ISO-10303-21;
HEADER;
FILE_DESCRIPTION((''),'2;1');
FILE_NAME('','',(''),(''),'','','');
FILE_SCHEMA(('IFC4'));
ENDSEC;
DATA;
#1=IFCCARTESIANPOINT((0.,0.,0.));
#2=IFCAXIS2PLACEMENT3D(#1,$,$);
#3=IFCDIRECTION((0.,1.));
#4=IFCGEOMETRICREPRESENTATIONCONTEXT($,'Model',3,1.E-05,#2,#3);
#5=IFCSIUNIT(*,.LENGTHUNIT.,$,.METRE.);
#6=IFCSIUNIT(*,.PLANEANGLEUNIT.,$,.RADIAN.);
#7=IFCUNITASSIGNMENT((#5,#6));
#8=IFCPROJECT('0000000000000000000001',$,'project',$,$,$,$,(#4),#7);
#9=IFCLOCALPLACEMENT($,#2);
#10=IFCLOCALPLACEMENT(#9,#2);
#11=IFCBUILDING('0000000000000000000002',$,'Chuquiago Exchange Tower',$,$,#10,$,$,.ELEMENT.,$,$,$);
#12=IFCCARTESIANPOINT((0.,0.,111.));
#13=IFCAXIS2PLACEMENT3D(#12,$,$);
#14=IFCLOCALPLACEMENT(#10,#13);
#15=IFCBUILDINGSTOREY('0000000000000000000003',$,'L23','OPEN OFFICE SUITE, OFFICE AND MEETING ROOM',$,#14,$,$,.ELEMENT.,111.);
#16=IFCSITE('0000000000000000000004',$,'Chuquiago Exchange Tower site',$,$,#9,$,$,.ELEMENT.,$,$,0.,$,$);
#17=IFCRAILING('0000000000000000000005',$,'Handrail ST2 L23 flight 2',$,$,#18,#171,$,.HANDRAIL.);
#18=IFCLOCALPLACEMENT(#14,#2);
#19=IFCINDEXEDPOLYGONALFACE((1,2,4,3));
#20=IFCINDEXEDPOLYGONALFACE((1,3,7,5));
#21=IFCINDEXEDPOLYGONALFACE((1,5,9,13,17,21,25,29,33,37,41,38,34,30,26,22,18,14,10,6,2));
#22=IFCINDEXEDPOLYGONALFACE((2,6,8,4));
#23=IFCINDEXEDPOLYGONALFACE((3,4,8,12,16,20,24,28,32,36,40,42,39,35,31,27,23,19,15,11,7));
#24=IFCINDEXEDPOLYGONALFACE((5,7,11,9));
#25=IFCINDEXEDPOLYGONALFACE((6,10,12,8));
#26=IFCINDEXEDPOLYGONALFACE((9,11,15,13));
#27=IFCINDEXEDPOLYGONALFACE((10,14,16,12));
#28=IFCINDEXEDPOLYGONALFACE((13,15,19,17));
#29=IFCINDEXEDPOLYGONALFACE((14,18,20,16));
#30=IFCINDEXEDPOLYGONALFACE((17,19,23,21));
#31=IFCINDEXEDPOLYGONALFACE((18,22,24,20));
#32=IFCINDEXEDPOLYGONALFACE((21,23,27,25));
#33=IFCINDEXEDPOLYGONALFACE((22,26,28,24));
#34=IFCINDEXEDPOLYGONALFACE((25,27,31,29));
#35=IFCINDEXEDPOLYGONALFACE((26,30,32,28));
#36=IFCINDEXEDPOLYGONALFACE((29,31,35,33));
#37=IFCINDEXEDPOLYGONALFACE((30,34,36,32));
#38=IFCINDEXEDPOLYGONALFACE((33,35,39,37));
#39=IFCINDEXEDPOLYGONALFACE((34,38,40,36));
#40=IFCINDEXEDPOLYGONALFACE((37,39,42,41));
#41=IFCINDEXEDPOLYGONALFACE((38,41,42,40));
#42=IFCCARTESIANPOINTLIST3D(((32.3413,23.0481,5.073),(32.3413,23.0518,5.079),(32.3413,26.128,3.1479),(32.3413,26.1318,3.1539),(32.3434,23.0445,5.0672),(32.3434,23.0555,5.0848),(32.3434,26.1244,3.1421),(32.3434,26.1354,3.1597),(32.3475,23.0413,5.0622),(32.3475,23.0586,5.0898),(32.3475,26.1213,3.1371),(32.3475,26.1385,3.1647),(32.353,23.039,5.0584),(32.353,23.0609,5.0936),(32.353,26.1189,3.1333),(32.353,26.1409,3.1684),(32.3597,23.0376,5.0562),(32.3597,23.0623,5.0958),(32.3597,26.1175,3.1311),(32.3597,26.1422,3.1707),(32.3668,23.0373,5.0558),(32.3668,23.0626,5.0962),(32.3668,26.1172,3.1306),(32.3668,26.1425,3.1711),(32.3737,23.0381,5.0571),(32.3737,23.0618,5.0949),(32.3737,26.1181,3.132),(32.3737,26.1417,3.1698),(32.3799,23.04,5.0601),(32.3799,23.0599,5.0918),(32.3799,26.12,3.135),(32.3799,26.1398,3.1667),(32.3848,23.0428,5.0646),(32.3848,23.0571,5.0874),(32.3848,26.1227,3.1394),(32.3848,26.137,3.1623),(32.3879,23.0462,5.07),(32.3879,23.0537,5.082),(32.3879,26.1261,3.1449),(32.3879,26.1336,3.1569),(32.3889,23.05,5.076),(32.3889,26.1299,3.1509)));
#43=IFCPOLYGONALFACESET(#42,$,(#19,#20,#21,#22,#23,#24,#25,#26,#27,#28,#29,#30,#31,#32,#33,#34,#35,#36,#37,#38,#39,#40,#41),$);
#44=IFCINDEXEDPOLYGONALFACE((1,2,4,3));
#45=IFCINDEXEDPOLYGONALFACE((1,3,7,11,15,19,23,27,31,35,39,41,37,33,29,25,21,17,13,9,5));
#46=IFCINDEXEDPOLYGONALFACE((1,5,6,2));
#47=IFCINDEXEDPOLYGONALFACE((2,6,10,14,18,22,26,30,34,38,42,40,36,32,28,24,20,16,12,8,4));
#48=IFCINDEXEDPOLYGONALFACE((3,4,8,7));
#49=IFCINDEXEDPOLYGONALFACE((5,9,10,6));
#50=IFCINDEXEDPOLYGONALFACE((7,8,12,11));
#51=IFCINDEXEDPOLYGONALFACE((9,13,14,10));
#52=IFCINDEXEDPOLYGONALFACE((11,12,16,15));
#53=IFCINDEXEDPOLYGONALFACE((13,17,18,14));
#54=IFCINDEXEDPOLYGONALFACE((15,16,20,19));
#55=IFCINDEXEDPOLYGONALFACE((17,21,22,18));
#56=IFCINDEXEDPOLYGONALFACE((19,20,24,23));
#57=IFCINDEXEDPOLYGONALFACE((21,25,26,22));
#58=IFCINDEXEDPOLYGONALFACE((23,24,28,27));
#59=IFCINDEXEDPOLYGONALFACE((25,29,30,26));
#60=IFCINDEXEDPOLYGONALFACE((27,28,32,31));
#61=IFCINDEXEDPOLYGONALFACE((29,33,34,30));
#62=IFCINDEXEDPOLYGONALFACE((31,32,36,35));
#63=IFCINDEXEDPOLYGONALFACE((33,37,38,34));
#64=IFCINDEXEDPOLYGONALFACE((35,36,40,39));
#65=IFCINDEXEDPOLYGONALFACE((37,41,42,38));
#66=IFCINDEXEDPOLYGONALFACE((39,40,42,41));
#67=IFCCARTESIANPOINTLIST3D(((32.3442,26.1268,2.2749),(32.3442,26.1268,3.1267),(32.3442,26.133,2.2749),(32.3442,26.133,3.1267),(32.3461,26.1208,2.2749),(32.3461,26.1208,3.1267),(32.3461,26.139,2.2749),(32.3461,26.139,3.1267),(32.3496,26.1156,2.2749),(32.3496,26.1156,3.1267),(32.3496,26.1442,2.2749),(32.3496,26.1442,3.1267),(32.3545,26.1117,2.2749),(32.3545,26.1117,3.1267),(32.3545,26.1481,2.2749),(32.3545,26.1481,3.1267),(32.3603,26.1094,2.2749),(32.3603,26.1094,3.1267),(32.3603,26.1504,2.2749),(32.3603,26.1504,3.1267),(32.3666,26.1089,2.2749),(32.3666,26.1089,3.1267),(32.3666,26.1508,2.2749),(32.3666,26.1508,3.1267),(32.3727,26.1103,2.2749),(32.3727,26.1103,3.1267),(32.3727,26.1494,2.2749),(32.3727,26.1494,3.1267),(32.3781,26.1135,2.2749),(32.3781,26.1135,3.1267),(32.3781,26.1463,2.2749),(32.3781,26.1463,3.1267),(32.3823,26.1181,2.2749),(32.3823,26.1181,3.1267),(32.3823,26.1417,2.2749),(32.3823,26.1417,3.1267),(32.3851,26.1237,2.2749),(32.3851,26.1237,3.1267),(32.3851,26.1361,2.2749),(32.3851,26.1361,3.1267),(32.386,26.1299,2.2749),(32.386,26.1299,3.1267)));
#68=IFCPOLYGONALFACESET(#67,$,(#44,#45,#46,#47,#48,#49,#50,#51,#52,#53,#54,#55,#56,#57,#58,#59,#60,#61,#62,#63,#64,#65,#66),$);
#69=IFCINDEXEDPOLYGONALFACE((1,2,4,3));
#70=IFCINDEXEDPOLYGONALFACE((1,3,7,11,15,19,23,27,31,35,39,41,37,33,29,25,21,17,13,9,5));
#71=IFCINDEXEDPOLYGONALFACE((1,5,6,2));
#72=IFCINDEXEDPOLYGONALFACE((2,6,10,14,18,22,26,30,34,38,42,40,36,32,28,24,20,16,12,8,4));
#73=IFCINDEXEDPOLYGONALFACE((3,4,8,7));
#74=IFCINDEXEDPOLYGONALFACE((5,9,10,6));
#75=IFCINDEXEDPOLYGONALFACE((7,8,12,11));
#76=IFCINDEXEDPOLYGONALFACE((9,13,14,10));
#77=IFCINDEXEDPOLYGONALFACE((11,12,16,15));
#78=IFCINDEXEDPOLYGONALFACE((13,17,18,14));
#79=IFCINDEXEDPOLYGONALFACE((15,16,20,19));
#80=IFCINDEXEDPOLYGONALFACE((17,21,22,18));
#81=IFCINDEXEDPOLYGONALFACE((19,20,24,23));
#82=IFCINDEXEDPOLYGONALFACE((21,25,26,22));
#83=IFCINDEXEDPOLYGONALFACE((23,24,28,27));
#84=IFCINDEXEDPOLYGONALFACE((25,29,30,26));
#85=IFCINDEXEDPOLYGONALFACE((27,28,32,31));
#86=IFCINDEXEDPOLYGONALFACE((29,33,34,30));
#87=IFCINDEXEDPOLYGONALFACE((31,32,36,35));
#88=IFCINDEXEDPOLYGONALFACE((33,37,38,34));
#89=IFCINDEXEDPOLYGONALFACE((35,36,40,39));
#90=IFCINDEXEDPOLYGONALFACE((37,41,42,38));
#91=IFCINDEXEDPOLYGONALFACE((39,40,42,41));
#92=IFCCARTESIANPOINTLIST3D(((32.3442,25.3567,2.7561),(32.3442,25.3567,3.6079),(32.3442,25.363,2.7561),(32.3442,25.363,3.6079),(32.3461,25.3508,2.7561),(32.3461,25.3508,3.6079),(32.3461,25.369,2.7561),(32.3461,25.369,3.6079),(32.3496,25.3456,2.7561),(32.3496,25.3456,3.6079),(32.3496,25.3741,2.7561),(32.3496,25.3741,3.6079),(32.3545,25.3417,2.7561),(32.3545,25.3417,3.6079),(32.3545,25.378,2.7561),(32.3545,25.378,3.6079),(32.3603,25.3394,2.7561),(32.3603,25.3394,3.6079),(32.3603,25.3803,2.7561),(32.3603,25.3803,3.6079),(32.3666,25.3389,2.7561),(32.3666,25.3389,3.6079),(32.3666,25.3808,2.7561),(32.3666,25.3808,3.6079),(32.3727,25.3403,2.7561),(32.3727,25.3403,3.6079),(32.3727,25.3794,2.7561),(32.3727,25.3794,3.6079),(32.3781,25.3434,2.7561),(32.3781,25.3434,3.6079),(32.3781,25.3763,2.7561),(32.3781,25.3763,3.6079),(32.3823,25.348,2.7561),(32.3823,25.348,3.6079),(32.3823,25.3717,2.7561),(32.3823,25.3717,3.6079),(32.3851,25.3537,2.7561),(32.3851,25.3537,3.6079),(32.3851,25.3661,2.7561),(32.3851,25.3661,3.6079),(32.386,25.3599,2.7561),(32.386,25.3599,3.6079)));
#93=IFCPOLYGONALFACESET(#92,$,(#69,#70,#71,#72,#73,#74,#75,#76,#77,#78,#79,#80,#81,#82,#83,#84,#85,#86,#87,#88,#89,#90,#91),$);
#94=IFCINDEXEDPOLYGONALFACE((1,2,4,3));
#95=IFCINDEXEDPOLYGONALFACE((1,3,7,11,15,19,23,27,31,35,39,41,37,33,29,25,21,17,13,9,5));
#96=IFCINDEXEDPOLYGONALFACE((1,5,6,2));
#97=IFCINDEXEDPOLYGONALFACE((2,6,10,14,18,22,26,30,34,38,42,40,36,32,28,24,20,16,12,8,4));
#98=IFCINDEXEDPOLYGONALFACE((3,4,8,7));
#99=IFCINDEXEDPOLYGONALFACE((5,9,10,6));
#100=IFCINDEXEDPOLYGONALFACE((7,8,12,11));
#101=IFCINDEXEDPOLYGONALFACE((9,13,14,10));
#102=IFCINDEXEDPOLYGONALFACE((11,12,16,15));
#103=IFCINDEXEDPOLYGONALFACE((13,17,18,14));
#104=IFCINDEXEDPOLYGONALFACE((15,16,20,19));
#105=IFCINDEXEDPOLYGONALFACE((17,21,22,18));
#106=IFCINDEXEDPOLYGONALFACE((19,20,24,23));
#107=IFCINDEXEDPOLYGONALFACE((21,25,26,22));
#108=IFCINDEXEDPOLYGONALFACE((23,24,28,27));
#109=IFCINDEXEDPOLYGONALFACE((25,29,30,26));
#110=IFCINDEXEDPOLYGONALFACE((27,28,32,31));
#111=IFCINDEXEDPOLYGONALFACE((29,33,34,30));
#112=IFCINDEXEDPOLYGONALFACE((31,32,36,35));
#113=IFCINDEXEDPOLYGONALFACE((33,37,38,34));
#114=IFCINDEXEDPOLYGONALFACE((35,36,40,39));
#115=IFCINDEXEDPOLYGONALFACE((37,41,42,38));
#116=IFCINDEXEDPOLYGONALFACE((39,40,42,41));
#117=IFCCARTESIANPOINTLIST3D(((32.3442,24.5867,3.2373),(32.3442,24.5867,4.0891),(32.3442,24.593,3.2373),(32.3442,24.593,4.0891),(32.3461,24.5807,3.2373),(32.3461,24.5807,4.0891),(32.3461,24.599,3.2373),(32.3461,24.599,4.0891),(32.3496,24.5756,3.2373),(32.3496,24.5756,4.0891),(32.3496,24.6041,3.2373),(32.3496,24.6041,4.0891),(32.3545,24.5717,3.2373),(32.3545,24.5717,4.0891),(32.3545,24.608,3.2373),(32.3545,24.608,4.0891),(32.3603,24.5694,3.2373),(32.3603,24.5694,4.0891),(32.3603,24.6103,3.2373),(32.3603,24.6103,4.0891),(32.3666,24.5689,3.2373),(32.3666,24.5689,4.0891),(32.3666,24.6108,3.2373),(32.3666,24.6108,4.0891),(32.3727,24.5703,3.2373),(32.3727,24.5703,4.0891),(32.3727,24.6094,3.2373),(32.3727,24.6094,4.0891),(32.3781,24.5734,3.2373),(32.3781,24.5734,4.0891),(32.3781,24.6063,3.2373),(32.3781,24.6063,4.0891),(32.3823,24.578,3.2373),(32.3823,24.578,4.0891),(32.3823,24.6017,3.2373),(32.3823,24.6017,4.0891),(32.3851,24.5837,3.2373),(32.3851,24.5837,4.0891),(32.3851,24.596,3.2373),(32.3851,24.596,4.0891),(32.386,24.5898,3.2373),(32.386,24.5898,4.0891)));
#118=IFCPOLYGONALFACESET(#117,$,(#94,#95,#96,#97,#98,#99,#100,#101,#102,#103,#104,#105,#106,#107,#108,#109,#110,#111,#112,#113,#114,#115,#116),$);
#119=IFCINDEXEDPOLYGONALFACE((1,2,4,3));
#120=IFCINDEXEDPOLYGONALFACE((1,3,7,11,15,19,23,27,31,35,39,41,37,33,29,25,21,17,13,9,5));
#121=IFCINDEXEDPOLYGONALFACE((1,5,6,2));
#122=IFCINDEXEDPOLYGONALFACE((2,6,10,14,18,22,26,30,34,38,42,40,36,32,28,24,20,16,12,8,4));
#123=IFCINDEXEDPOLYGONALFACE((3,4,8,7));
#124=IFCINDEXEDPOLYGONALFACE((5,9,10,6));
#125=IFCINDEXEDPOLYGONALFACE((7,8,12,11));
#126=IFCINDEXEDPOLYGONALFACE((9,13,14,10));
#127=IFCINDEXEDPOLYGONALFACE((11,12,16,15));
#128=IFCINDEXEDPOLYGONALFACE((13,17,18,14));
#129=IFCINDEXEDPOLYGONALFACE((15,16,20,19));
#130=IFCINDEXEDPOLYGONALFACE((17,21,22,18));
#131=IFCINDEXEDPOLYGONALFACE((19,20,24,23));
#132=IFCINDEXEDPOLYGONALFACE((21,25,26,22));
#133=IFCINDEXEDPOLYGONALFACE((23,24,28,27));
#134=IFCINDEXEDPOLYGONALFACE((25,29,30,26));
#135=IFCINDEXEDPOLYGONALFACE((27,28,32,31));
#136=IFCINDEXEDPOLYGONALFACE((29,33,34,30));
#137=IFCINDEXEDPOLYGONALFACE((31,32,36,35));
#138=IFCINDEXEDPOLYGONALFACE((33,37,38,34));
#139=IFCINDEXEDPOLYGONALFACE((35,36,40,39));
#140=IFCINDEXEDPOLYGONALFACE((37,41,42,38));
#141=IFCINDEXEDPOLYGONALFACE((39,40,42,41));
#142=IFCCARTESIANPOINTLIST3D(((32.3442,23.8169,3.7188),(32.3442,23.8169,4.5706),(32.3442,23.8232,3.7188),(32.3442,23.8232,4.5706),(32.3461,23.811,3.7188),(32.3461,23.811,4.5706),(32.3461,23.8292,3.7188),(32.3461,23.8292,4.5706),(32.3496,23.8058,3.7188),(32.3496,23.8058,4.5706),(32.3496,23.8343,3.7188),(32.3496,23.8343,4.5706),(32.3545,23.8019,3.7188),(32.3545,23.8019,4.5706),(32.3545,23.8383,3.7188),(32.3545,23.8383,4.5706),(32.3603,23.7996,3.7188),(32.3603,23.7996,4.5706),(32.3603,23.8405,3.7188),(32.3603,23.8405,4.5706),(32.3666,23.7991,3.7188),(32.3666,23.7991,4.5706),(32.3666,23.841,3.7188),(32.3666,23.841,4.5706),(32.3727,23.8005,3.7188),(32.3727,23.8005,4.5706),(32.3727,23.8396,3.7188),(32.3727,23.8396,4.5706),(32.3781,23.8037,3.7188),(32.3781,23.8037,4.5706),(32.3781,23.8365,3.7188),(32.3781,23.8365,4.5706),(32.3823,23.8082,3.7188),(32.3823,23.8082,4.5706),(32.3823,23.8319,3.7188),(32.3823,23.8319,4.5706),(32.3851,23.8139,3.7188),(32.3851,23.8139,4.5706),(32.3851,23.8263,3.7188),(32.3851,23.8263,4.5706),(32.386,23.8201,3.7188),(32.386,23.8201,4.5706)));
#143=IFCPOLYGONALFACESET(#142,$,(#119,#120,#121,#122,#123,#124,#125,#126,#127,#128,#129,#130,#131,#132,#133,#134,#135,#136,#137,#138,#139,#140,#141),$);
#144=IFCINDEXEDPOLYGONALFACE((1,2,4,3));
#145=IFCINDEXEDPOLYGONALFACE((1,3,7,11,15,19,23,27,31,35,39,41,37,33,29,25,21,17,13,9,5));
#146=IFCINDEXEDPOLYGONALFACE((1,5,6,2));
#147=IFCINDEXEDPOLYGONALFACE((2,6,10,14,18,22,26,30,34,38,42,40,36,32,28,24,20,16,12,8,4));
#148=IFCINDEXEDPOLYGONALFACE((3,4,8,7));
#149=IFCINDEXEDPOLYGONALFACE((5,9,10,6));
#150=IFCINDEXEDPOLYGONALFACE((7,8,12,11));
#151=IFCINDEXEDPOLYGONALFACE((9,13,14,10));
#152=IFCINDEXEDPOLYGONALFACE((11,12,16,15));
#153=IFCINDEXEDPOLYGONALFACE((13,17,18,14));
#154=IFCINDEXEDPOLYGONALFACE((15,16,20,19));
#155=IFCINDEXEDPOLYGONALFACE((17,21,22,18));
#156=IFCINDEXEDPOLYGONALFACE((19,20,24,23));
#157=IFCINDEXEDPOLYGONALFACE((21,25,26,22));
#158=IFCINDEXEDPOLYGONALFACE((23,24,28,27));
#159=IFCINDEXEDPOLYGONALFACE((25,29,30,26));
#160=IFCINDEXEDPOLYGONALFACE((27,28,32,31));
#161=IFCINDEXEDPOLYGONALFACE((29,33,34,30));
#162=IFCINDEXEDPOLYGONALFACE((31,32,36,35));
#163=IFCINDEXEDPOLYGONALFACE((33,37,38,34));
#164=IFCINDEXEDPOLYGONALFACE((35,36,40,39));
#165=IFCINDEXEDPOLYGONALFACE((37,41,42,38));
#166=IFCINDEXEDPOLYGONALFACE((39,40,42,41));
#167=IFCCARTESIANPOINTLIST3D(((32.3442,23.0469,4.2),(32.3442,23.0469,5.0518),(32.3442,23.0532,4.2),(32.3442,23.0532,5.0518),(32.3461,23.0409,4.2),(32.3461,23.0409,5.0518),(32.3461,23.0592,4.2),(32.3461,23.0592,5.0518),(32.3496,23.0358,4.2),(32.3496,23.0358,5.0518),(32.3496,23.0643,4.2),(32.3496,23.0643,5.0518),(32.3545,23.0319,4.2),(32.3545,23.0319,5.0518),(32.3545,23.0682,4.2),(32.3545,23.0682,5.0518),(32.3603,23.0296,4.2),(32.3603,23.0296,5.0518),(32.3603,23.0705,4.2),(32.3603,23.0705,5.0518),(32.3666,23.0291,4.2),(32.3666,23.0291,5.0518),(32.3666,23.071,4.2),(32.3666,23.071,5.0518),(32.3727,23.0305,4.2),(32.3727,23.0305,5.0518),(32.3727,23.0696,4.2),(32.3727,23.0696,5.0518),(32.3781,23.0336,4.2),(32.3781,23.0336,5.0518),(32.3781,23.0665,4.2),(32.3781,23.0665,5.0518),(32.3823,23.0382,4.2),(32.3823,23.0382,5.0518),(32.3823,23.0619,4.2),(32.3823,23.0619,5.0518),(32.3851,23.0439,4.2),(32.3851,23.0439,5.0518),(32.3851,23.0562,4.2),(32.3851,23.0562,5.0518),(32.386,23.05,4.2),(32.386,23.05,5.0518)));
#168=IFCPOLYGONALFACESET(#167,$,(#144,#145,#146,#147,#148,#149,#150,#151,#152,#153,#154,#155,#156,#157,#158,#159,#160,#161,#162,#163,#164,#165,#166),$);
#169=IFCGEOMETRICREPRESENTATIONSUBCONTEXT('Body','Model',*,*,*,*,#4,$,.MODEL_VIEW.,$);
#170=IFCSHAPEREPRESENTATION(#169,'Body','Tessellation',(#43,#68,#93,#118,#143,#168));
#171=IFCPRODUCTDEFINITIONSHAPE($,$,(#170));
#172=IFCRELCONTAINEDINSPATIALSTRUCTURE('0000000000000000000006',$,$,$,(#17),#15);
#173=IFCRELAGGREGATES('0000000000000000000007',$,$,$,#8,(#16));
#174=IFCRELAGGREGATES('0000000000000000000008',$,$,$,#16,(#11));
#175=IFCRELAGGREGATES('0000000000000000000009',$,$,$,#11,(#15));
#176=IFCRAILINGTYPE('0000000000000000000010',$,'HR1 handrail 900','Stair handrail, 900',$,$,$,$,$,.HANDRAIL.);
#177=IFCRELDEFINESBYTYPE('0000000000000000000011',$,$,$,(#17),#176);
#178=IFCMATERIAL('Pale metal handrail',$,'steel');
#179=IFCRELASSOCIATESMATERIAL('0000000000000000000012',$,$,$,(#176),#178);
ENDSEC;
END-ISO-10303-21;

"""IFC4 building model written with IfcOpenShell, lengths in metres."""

from ifc_helpers import new_model, si_unit, direction, frame, origin, origin_2d, place, context, subcontext, project, spatial, circle, extrude, material, type_object, element, save


model = new_model("IFC4")

# Units and contexts
model_context = context("Model", 3, precision=1e-05, world=origin(), true_north=direction((0.0, 1.0)))
body_context = subcontext(model_context, "Body", "Model", "MODEL_VIEW")
ifc_project = project(units=[si_unit("LENGTHUNIT", "METRE"), si_unit("PLANEANGLEUNIT", "RADIAN")], contexts=[model_context])

# Site, building, storey
site_placement = place(None, origin())
site = spatial("IfcSite", under=ifc_project, at=site_placement, Name="Chuquiago Exchange Tower site", CompositionType="ELEMENT", RefElevation=0.0)
building_placement = place(site_placement, origin())
building = spatial("IfcBuilding", under=site, at=building_placement, Name="Chuquiago Exchange Tower", CompositionType="ELEMENT")
storey_placement = place(building_placement, frame((0.0, 0.0, 111.0)))
storey = spatial("IfcBuildingStorey", under=building, at=storey_placement, Name="L23", Description="OPEN OFFICE SUITE, OFFICE AND MEETING ROOM", CompositionType="ELEMENT", Elevation=111.0)

# Railing
ifc_material_1 = material(Name="Pale metal handrail", Category="steel")
railing_type_1 = type_object("IfcRailingType", Name="HR1 handrail 900", Description="Stair handrail, 900", PredefinedType="HANDRAIL", material=ifc_material_1)
for number, where, name in (
    (1, (32.365, 26.1299, 2.2749), "Handrail ST2 L23 flight 2"),
):
    element("IfcRailing", number, at=place(storey_placement, frame(where)), inside=storey, type_object=railing_type_1, Name=name, PredefinedType="HANDRAIL", context=body_context, shape_type="SweptSolid", body=[
        extrude(circle(Radius=0.0239, at=origin_2d()), frame((0.0, 0.0, 0.876), z_axis=(0.0, -0.847979, 0.530029), x_axis=(1.0, 0.0, 0.0)), (0.0, 0.0, 1.0), 3.6321),
        extrude(circle(Radius=0.021, at=origin_2d()), origin(), (0.0, 0.0, 1.0), 0.8518),
        extrude(circle(Radius=0.021, at=origin_2d()), frame((0.0, -0.77, 0.4812)), (0.0, 0.0, 1.0), 0.8518),
        extrude(circle(Radius=0.021, at=origin_2d()), frame((0.0, -1.54, 0.9624)), (0.0, 0.0, 1.0), 0.8518),
        extrude(circle(Radius=0.021, at=origin_2d()), frame((0.0, -2.3098, 1.4438)), (0.0, 0.0, 1.0), 0.8518),
        extrude(circle(Radius=0.021, at=origin_2d()), frame((0.0, -3.0798, 1.925)), (0.0, 0.0, 1.0), 0.8518),
    ])

save(model, "model.ifc")
